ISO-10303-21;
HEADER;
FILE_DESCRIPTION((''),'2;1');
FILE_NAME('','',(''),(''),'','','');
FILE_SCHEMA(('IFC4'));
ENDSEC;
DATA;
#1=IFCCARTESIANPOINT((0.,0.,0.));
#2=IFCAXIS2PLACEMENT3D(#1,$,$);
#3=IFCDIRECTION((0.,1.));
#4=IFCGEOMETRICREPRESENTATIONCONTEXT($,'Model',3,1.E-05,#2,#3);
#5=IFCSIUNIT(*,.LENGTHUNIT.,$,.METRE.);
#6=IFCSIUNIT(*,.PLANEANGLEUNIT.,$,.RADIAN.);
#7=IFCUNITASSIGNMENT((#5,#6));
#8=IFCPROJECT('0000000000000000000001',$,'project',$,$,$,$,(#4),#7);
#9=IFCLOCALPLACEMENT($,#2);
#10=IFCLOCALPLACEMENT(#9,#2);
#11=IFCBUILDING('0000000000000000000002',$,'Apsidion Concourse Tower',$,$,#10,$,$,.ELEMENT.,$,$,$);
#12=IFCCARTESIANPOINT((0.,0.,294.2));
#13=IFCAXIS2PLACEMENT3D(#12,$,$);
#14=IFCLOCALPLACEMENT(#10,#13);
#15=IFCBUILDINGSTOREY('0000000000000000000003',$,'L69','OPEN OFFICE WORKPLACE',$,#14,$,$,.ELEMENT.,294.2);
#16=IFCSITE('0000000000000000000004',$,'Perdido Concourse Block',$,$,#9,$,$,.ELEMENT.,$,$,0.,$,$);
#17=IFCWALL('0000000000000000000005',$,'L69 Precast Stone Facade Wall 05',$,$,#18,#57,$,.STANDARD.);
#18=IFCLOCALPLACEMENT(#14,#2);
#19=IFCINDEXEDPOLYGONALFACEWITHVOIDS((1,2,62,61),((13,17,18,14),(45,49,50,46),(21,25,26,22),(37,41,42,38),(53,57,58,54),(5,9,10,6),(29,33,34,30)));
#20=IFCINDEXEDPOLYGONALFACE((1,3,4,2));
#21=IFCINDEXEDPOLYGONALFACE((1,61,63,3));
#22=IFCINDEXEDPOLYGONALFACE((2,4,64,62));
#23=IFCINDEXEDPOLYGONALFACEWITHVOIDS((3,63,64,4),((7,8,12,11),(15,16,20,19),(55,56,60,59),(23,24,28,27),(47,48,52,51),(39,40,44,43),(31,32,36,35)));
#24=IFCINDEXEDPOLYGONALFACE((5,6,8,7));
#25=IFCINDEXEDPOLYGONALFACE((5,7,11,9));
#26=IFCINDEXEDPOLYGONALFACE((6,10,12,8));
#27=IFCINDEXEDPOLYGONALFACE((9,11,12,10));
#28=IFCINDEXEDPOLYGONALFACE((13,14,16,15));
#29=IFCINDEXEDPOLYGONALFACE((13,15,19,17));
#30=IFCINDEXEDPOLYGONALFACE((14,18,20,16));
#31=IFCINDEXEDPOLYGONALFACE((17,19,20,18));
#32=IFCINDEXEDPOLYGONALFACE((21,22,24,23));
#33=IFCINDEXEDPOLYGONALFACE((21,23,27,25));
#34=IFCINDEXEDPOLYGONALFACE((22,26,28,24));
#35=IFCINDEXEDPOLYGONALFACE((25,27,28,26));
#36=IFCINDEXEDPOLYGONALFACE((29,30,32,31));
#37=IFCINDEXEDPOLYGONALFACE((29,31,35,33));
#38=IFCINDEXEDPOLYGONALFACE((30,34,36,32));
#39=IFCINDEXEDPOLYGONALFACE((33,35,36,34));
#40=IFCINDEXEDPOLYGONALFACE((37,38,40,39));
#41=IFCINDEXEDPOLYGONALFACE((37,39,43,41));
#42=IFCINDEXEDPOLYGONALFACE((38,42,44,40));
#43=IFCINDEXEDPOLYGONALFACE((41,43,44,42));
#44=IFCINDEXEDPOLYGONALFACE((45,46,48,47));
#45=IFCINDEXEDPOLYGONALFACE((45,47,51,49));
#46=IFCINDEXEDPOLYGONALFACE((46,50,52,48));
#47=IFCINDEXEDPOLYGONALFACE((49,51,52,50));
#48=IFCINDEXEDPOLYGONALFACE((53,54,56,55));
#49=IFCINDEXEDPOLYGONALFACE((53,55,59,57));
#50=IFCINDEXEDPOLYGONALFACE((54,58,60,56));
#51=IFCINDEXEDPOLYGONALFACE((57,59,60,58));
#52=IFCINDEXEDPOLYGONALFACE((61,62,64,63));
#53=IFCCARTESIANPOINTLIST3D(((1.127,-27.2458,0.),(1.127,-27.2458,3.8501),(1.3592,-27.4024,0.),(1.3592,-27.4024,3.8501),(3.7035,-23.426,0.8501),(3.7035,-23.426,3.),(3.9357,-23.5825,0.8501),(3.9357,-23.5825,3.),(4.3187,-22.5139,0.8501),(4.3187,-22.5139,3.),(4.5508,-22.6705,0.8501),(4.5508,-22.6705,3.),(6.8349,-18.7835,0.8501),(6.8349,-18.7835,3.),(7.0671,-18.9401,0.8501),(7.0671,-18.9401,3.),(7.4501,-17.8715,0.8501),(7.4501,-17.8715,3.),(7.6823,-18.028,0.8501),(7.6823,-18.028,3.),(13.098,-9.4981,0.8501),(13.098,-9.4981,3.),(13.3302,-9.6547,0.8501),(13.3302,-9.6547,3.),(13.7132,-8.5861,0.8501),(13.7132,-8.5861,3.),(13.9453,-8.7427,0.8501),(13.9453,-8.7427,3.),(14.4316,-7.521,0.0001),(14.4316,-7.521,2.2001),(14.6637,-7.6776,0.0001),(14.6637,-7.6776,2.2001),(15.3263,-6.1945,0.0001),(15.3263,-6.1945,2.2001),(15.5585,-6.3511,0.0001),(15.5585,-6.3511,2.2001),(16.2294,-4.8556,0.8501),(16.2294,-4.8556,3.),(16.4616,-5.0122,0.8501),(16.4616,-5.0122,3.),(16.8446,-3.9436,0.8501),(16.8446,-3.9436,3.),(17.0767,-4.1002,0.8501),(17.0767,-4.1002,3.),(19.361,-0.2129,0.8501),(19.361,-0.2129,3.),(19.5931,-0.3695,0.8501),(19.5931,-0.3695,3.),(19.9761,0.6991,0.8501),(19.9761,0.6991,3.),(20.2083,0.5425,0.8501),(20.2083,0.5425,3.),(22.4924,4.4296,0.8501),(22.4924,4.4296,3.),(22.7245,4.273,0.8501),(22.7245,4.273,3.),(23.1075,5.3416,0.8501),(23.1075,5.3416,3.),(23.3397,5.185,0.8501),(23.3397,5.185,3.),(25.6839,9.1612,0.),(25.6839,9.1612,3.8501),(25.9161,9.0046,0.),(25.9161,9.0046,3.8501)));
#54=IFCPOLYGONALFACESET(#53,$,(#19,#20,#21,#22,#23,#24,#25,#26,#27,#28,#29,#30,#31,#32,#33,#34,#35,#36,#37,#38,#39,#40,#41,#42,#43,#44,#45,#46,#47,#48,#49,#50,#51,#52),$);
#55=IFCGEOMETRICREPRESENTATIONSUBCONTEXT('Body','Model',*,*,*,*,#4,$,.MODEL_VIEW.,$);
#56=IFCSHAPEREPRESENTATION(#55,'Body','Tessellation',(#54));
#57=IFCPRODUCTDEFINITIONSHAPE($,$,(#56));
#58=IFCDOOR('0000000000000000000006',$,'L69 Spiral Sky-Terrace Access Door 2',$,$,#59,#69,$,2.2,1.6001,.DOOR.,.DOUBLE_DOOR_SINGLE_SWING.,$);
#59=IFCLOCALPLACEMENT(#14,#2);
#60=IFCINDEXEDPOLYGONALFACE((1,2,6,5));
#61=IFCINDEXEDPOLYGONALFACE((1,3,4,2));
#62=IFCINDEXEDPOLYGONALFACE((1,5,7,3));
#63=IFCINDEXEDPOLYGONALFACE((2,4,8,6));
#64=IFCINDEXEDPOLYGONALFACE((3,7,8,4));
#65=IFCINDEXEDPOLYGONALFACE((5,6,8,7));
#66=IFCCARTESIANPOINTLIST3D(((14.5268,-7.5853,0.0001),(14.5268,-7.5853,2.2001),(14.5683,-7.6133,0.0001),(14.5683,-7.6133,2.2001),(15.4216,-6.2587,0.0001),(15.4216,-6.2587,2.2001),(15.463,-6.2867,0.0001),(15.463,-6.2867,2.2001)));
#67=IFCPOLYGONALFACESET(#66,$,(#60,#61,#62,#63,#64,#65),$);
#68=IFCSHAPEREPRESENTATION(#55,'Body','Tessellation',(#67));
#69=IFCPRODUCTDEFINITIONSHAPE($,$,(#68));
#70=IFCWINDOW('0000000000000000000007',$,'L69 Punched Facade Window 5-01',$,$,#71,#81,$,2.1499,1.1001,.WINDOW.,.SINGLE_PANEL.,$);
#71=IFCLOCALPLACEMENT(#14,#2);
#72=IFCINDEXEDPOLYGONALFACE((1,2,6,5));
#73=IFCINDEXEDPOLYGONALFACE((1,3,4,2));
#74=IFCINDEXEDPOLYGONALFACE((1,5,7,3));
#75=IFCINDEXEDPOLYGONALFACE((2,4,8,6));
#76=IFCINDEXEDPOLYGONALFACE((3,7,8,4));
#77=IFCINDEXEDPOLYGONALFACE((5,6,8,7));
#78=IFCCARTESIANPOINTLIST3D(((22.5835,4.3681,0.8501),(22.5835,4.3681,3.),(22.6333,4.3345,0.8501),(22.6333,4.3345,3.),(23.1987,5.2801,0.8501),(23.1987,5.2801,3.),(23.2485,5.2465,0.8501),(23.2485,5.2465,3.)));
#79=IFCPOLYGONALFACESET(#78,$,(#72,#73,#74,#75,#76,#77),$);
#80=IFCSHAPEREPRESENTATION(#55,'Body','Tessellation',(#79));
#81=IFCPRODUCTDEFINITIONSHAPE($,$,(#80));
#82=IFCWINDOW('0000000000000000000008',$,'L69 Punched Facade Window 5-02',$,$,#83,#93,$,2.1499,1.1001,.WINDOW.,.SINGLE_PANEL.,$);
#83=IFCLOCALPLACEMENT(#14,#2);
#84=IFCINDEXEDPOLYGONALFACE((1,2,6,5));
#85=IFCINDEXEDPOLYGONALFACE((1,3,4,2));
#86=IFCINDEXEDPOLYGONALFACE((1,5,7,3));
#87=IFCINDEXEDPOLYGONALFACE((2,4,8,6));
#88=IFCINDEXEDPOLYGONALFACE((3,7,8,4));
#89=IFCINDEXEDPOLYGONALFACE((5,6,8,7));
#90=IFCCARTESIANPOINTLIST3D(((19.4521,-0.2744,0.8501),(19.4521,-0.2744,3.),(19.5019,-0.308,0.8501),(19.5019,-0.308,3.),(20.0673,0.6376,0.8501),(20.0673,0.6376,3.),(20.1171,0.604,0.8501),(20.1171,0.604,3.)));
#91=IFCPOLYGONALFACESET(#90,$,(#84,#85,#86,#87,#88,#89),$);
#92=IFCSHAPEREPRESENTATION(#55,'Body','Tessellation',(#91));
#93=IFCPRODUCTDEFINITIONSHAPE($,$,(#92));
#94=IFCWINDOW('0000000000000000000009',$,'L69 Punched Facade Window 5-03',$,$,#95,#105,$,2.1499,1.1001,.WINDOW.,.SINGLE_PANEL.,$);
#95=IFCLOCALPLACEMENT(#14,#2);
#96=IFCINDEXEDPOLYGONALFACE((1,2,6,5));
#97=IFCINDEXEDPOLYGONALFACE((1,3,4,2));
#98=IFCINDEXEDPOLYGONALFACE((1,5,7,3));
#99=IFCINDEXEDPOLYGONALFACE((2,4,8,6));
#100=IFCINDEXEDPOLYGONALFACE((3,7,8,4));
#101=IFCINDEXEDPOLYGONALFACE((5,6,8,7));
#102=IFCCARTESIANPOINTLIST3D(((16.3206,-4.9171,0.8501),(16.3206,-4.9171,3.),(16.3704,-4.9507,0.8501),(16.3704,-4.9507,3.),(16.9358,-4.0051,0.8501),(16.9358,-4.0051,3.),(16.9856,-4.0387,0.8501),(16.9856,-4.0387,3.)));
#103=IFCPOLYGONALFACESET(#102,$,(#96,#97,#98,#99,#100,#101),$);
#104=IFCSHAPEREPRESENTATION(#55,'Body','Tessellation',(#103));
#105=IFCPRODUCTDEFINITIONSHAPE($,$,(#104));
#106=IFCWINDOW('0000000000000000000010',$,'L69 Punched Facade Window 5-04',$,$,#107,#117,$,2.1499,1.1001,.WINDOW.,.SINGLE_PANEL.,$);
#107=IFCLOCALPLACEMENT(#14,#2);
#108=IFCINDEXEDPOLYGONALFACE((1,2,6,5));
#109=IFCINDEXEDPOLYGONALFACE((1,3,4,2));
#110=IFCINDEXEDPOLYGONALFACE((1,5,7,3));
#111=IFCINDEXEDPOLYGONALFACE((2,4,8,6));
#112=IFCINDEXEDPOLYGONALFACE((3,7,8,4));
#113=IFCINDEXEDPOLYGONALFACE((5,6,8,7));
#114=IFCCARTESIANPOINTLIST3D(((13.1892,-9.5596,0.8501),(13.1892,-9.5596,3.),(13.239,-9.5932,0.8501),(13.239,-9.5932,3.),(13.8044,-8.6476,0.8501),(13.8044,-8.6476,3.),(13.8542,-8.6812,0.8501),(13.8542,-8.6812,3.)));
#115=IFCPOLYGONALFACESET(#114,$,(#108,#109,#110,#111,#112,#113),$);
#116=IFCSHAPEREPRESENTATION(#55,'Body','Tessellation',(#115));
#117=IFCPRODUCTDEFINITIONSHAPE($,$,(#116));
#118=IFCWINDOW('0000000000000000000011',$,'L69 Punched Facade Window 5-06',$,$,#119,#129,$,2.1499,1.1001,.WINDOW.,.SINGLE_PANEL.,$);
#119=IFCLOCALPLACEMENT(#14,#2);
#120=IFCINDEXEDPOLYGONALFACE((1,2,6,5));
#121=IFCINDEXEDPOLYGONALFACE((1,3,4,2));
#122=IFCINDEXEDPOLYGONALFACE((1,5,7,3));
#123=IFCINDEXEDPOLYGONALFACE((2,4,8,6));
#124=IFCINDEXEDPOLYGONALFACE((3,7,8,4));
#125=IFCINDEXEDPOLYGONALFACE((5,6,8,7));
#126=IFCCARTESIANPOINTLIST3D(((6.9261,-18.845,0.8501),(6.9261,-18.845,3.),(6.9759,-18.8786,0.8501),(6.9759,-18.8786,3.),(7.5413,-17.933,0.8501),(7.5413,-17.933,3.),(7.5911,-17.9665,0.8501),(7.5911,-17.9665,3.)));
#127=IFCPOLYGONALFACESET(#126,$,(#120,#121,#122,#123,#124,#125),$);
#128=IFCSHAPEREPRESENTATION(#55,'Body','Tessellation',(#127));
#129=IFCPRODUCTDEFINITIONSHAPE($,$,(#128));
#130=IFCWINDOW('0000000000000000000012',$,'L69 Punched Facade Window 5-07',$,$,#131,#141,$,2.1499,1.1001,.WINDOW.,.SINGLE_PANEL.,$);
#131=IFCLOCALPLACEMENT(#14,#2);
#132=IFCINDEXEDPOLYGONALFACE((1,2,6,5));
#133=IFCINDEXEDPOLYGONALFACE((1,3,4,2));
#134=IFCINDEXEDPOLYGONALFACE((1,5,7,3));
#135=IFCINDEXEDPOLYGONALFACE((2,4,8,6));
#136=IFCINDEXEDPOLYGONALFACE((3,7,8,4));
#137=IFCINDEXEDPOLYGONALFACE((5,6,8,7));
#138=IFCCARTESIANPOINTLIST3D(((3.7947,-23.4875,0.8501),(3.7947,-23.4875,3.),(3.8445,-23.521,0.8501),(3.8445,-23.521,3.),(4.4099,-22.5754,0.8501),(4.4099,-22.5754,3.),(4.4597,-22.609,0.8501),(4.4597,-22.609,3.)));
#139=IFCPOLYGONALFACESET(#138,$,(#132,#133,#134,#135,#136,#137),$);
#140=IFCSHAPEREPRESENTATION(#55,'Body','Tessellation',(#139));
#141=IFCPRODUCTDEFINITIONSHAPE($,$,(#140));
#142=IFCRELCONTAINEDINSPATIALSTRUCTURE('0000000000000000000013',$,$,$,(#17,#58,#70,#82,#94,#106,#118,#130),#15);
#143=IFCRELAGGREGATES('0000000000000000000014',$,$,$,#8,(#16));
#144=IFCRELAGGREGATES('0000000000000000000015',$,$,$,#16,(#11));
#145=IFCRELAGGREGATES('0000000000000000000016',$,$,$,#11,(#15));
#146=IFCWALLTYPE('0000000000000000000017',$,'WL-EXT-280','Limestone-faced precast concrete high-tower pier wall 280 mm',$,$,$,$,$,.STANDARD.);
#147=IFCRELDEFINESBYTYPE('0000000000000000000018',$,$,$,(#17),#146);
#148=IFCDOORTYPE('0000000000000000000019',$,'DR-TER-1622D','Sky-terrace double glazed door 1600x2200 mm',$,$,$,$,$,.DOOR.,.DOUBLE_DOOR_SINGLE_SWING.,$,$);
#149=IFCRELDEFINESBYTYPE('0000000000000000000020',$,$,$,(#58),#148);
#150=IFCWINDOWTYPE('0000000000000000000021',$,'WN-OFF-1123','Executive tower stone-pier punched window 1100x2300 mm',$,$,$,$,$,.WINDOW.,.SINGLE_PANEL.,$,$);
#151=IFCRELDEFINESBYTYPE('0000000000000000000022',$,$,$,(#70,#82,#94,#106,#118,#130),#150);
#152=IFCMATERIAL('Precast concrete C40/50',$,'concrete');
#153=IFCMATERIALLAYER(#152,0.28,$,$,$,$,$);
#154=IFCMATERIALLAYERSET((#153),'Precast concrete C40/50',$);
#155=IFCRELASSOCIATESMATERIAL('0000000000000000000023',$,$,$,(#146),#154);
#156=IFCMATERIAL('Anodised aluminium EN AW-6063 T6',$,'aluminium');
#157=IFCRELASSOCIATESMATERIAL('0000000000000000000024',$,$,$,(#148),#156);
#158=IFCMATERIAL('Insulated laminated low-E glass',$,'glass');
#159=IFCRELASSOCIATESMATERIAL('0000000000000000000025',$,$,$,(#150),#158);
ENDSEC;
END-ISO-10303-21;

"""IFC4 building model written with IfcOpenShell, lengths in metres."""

from ifc_helpers import new_model, si_unit, direction, frame, frame_2d, origin, place, context, subcontext, project, spatial, rectangle, extrude, material, layer, layer_set, type_object, element, fill, save


model = new_model("IFC4")

# Units and contexts
model_context = context("Model", 3, precision=1e-05, world=origin(), true_north=direction((0.0, 1.0)))
body_context = subcontext(model_context, "Body", "Model", "MODEL_VIEW")
ifc_project = project(units=[si_unit("LENGTHUNIT", "METRE"), si_unit("PLANEANGLEUNIT", "RADIAN")], contexts=[model_context])

# Site, building, storey
site_placement = place(None, origin())
site = spatial("IfcSite", under=ifc_project, at=site_placement, Name="Perdido Concourse Block", CompositionType="ELEMENT", RefElevation=0.0)
building_placement = place(site_placement, origin())
building = spatial("IfcBuilding", under=site, at=building_placement, Name="Apsidion Concourse Tower", CompositionType="ELEMENT")
storey_placement = place(building_placement, frame((0.0, 0.0, 294.2)))
storey = spatial("IfcBuildingStorey", under=building, at=storey_placement, Name="L69", Description="OPEN OFFICE WORKPLACE", CompositionType="ELEMENT", Elevation=294.2)

# Shared definitions
ifc_material_1 = material(Name="Precast concrete C40/50", Category="concrete")
ifc_layer_1 = layer(ifc_material_1, 0.28)
ifc_layer_set_1 = layer_set([ifc_layer_1], Name="Precast concrete C40/50")
wall_type_1 = type_object("IfcWallType", Name="WL-EXT-280", Description="Limestone-faced precast concrete high-tower pier wall 280 mm", PredefinedType="STANDARD", material=ifc_layer_set_1)

# Wall, openings, door, windows
wall_1_placement = place(storey_placement, frame((25.8, 9.083, 0.0), z_axis=(0.0, 0.0, 1.0), x_axis=(-0.559194, -0.829037, 0.0)))
wall_1 = element("IfcWall", 1, at=wall_1_placement, inside=storey, type_object=wall_type_1, Name="L69 Precast Stone Facade Wall 05", PredefinedType="STANDARD", context=body_context, shape_type="SweptSolid", body=[
    extrude(rectangle(XDim=43.9148, YDim=0.28, at=frame_2d((21.9575, 0.0))), origin(), (0.0, 0.0, 1.0), 3.8501),
])
opening_1_placement = place(wall_1_placement, frame((18.5225, 0.0, 0.0)))
opening_1 = element("IfcOpeningElement", 2, at=opening_1_placement, cuts=wall_1, PredefinedType="OPENING", context=body_context, shape_type="SweptSolid", body=[
    extrude(rectangle(XDim=1.6001, YDim=2.2, at=frame_2d((0.8, 1.1001))), frame((0.0, 0.1499, 0.0), z_axis=(0.0, -1.0, 0.0), x_axis=(1.0, 0.0, 0.0)), (0.0, 0.0, 1.0), 0.3),
])
opening_2_placement = place(wall_1_placement, frame((4.6074, 0.0, 0.8501)))
opening_2 = element("IfcOpeningElement", 3, at=opening_2_placement, cuts=wall_1, PredefinedType="OPENING", context=body_context, shape_type="SweptSolid", body=[
    extrude(rectangle(XDim=1.1001, YDim=2.1499, at=frame_2d((0.55, 1.075))), frame((0.0, 0.1499, 0.0), z_axis=(0.0, -1.0, 0.0), x_axis=(1.0, 0.0, 0.0)), (0.0, 0.0, 1.0), 0.3),
])
opening_3_placement = place(wall_1_placement, frame((10.2073, 0.0, 0.8501)))
opening_3 = element("IfcOpeningElement", 4, at=opening_3_placement, cuts=wall_1, PredefinedType="OPENING", context=body_context, shape_type="SweptSolid", body=[
    extrude(rectangle(XDim=1.1001, YDim=2.1499, at=frame_2d((0.55, 1.075))), frame((0.0, 0.1499, 0.0), z_axis=(0.0, -1.0, 0.0), x_axis=(1.0, 0.0, 0.0)), (0.0, 0.0, 1.0), 0.3),
])
opening_4_placement = place(wall_1_placement, frame((15.8074, 0.0, 0.8501)))
opening_4 = element("IfcOpeningElement", 5, at=opening_4_placement, cuts=wall_1, PredefinedType="OPENING", context=body_context, shape_type="SweptSolid", body=[
    extrude(rectangle(XDim=1.1001, YDim=2.1499, at=frame_2d((0.55, 1.075))), frame((0.0, 0.1499, 0.0), z_axis=(0.0, -1.0, 0.0), x_axis=(1.0, 0.0, 0.0)), (0.0, 0.0, 1.0), 0.3),
])
opening_5_placement = place(wall_1_placement, frame((21.4072, 0.0, 0.8501)))
opening_5 = element("IfcOpeningElement", 6, at=opening_5_placement, cuts=wall_1, PredefinedType="OPENING", context=body_context, shape_type="SweptSolid", body=[
    extrude(rectangle(XDim=1.1001, YDim=2.1499, at=frame_2d((0.55, 1.075))), frame((0.0, 0.1499, 0.0), z_axis=(0.0, -1.0, 0.0), x_axis=(1.0, 0.0, 0.0)), (0.0, 0.0, 1.0), 0.3),
])
opening_6_placement = place(wall_1_placement, frame((32.6074, 0.0, 0.8501)))
opening_6 = element("IfcOpeningElement", 7, at=opening_6_placement, cuts=wall_1, PredefinedType="OPENING", context=body_context, shape_type="SweptSolid", body=[
    extrude(rectangle(XDim=1.1001, YDim=2.1499, at=frame_2d((0.55, 1.075))), frame((0.0, 0.1499, 0.0), z_axis=(0.0, -1.0, 0.0), x_axis=(1.0, 0.0, 0.0)), (0.0, 0.0, 1.0), 0.3),
])
opening_7_placement = place(wall_1_placement, frame((38.2073, 0.0, 0.8501)))
opening_7 = element("IfcOpeningElement", 8, at=opening_7_placement, cuts=wall_1, PredefinedType="OPENING", context=body_context, shape_type="SweptSolid", body=[
    extrude(rectangle(XDim=1.1001, YDim=2.1499, at=frame_2d((0.55, 1.075))), frame((0.0, 0.1499, 0.0), z_axis=(0.0, -1.0, 0.0), x_axis=(1.0, 0.0, 0.0)), (0.0, 0.0, 1.0), 0.3),
])
ifc_material_2 = material(Name="Anodised aluminium EN AW-6063 T6", Category="aluminium")
door_type_1 = type_object("IfcDoorType", Name="DR-TER-1622D", Description="Sky-terrace double glazed door 1600x2200 mm", OperationType="DOUBLE_DOOR_SINGLE_SWING", PredefinedType="DOOR", material=ifc_material_2)
door_1_placement = place(opening_1_placement, origin())
door_1 = element("IfcDoor", 9, at=door_1_placement, inside=storey, type_object=door_type_1, Name="L69 Spiral Sky-Terrace Access Door 2", OperationType="DOUBLE_DOOR_SINGLE_SWING", OverallHeight=2.2, OverallWidth=1.6001, PredefinedType="DOOR", context=body_context, shape_type="SweptSolid", body=[
    extrude(rectangle(XDim=1.6001, YDim=2.2, at=frame_2d((0.8, 1.1001))), frame((0.0, 0.0249, 0.0), z_axis=(0.0, -1.0, 0.0), x_axis=(1.0, 0.0, 0.0)), (0.0, 0.0, 1.0), 0.05),
])
fill(opening_1, door_1)
ifc_material_3 = material(Name="Insulated laminated low-E glass", Category="glass")
window_type = type_object("IfcWindowType", Name="WN-OFF-1123", Description="Executive tower stone-pier punched window 1100x2300 mm", PartitioningType="SINGLE_PANEL", PredefinedType="WINDOW", material=ifc_material_3)
window_1_placement = place(opening_2_placement, origin())
window_1 = element("IfcWindow", 10, at=window_1_placement, inside=storey, type_object=window_type, Name="L69 Punched Facade Window 5-01", OverallHeight=2.1499, OverallWidth=1.1001, PartitioningType="SINGLE_PANEL", PredefinedType="WINDOW", context=body_context, shape_type="SweptSolid", body=[
    extrude(rectangle(XDim=1.1001, YDim=2.1499, at=frame_2d((0.55, 1.075))), frame((0.0, 0.03, 0.0), z_axis=(0.0, -1.0, 0.0), x_axis=(1.0, 0.0, 0.0)), (0.0, 0.0, 1.0), 0.0601),
])
fill(opening_2, window_1)
window_2_placement = place(opening_3_placement, origin())
window_2 = element("IfcWindow", 11, at=window_2_placement, inside=storey, type_object=window_type, Name="L69 Punched Facade Window 5-02", OverallHeight=2.1499, OverallWidth=1.1001, PartitioningType="SINGLE_PANEL", PredefinedType="WINDOW", context=body_context, shape_type="SweptSolid", body=[
    extrude(rectangle(XDim=1.1001, YDim=2.1499, at=frame_2d((0.55, 1.075))), frame((0.0, 0.03, 0.0), z_axis=(0.0, -1.0, 0.0), x_axis=(1.0, 0.0, 0.0)), (0.0, 0.0, 1.0), 0.0601),
])
fill(opening_3, window_2)
window_3_placement = place(opening_4_placement, origin())
window_3 = element("IfcWindow", 12, at=window_3_placement, inside=storey, type_object=window_type, Name="L69 Punched Facade Window 5-03", OverallHeight=2.1499, OverallWidth=1.1001, PartitioningType="SINGLE_PANEL", PredefinedType="WINDOW", context=body_context, shape_type="SweptSolid", body=[
    extrude(rectangle(XDim=1.1001, YDim=2.1499, at=frame_2d((0.55, 1.075))), frame((0.0, 0.03, 0.0), z_axis=(0.0, -1.0, 0.0), x_axis=(1.0, 0.0, 0.0)), (0.0, 0.0, 1.0), 0.0601),
])
fill(opening_4, window_3)
window_4_placement = place(opening_5_placement, origin())
window_4 = element("IfcWindow", 13, at=window_4_placement, inside=storey, type_object=window_type, Name="L69 Punched Facade Window 5-04", OverallHeight=2.1499, OverallWidth=1.1001, PartitioningType="SINGLE_PANEL", PredefinedType="WINDOW", context=body_context, shape_type="SweptSolid", body=[
    extrude(rectangle(XDim=1.1001, YDim=2.1499, at=frame_2d((0.55, 1.075))), frame((0.0, 0.03, 0.0), z_axis=(0.0, -1.0, 0.0), x_axis=(1.0, 0.0, 0.0)), (0.0, 0.0, 1.0), 0.0601),
])
fill(opening_5, window_4)
window_5_placement = place(opening_6_placement, origin())
window_5 = element("IfcWindow", 14, at=window_5_placement, inside=storey, type_object=window_type, Name="L69 Punched Facade Window 5-06", OverallHeight=2.1499, OverallWidth=1.1001, PartitioningType="SINGLE_PANEL", PredefinedType="WINDOW", context=body_context, shape_type="SweptSolid", body=[
    extrude(rectangle(XDim=1.1001, YDim=2.1499, at=frame_2d((0.55, 1.075))), frame((0.0, 0.03, 0.0), z_axis=(0.0, -1.0, 0.0), x_axis=(1.0, 0.0, 0.0)), (0.0, 0.0, 1.0), 0.0601),
])
fill(opening_6, window_5)
window_6_placement = place(opening_7_placement, origin())
window_6 = element("IfcWindow", 15, at=window_6_placement, inside=storey, type_object=window_type, Name="L69 Punched Facade Window 5-07", OverallHeight=2.1499, OverallWidth=1.1001, PartitioningType="SINGLE_PANEL", PredefinedType="WINDOW", context=body_context, shape_type="SweptSolid", body=[
    extrude(rectangle(XDim=1.1001, YDim=2.1499, at=frame_2d((0.55, 1.075))), frame((0.0, 0.03, 0.0), z_axis=(0.0, -1.0, 0.0), x_axis=(1.0, 0.0, 0.0)), (0.0, 0.0, 1.0), 0.0601),
])
fill(opening_7, window_6)

save(model, "model.ifc")
